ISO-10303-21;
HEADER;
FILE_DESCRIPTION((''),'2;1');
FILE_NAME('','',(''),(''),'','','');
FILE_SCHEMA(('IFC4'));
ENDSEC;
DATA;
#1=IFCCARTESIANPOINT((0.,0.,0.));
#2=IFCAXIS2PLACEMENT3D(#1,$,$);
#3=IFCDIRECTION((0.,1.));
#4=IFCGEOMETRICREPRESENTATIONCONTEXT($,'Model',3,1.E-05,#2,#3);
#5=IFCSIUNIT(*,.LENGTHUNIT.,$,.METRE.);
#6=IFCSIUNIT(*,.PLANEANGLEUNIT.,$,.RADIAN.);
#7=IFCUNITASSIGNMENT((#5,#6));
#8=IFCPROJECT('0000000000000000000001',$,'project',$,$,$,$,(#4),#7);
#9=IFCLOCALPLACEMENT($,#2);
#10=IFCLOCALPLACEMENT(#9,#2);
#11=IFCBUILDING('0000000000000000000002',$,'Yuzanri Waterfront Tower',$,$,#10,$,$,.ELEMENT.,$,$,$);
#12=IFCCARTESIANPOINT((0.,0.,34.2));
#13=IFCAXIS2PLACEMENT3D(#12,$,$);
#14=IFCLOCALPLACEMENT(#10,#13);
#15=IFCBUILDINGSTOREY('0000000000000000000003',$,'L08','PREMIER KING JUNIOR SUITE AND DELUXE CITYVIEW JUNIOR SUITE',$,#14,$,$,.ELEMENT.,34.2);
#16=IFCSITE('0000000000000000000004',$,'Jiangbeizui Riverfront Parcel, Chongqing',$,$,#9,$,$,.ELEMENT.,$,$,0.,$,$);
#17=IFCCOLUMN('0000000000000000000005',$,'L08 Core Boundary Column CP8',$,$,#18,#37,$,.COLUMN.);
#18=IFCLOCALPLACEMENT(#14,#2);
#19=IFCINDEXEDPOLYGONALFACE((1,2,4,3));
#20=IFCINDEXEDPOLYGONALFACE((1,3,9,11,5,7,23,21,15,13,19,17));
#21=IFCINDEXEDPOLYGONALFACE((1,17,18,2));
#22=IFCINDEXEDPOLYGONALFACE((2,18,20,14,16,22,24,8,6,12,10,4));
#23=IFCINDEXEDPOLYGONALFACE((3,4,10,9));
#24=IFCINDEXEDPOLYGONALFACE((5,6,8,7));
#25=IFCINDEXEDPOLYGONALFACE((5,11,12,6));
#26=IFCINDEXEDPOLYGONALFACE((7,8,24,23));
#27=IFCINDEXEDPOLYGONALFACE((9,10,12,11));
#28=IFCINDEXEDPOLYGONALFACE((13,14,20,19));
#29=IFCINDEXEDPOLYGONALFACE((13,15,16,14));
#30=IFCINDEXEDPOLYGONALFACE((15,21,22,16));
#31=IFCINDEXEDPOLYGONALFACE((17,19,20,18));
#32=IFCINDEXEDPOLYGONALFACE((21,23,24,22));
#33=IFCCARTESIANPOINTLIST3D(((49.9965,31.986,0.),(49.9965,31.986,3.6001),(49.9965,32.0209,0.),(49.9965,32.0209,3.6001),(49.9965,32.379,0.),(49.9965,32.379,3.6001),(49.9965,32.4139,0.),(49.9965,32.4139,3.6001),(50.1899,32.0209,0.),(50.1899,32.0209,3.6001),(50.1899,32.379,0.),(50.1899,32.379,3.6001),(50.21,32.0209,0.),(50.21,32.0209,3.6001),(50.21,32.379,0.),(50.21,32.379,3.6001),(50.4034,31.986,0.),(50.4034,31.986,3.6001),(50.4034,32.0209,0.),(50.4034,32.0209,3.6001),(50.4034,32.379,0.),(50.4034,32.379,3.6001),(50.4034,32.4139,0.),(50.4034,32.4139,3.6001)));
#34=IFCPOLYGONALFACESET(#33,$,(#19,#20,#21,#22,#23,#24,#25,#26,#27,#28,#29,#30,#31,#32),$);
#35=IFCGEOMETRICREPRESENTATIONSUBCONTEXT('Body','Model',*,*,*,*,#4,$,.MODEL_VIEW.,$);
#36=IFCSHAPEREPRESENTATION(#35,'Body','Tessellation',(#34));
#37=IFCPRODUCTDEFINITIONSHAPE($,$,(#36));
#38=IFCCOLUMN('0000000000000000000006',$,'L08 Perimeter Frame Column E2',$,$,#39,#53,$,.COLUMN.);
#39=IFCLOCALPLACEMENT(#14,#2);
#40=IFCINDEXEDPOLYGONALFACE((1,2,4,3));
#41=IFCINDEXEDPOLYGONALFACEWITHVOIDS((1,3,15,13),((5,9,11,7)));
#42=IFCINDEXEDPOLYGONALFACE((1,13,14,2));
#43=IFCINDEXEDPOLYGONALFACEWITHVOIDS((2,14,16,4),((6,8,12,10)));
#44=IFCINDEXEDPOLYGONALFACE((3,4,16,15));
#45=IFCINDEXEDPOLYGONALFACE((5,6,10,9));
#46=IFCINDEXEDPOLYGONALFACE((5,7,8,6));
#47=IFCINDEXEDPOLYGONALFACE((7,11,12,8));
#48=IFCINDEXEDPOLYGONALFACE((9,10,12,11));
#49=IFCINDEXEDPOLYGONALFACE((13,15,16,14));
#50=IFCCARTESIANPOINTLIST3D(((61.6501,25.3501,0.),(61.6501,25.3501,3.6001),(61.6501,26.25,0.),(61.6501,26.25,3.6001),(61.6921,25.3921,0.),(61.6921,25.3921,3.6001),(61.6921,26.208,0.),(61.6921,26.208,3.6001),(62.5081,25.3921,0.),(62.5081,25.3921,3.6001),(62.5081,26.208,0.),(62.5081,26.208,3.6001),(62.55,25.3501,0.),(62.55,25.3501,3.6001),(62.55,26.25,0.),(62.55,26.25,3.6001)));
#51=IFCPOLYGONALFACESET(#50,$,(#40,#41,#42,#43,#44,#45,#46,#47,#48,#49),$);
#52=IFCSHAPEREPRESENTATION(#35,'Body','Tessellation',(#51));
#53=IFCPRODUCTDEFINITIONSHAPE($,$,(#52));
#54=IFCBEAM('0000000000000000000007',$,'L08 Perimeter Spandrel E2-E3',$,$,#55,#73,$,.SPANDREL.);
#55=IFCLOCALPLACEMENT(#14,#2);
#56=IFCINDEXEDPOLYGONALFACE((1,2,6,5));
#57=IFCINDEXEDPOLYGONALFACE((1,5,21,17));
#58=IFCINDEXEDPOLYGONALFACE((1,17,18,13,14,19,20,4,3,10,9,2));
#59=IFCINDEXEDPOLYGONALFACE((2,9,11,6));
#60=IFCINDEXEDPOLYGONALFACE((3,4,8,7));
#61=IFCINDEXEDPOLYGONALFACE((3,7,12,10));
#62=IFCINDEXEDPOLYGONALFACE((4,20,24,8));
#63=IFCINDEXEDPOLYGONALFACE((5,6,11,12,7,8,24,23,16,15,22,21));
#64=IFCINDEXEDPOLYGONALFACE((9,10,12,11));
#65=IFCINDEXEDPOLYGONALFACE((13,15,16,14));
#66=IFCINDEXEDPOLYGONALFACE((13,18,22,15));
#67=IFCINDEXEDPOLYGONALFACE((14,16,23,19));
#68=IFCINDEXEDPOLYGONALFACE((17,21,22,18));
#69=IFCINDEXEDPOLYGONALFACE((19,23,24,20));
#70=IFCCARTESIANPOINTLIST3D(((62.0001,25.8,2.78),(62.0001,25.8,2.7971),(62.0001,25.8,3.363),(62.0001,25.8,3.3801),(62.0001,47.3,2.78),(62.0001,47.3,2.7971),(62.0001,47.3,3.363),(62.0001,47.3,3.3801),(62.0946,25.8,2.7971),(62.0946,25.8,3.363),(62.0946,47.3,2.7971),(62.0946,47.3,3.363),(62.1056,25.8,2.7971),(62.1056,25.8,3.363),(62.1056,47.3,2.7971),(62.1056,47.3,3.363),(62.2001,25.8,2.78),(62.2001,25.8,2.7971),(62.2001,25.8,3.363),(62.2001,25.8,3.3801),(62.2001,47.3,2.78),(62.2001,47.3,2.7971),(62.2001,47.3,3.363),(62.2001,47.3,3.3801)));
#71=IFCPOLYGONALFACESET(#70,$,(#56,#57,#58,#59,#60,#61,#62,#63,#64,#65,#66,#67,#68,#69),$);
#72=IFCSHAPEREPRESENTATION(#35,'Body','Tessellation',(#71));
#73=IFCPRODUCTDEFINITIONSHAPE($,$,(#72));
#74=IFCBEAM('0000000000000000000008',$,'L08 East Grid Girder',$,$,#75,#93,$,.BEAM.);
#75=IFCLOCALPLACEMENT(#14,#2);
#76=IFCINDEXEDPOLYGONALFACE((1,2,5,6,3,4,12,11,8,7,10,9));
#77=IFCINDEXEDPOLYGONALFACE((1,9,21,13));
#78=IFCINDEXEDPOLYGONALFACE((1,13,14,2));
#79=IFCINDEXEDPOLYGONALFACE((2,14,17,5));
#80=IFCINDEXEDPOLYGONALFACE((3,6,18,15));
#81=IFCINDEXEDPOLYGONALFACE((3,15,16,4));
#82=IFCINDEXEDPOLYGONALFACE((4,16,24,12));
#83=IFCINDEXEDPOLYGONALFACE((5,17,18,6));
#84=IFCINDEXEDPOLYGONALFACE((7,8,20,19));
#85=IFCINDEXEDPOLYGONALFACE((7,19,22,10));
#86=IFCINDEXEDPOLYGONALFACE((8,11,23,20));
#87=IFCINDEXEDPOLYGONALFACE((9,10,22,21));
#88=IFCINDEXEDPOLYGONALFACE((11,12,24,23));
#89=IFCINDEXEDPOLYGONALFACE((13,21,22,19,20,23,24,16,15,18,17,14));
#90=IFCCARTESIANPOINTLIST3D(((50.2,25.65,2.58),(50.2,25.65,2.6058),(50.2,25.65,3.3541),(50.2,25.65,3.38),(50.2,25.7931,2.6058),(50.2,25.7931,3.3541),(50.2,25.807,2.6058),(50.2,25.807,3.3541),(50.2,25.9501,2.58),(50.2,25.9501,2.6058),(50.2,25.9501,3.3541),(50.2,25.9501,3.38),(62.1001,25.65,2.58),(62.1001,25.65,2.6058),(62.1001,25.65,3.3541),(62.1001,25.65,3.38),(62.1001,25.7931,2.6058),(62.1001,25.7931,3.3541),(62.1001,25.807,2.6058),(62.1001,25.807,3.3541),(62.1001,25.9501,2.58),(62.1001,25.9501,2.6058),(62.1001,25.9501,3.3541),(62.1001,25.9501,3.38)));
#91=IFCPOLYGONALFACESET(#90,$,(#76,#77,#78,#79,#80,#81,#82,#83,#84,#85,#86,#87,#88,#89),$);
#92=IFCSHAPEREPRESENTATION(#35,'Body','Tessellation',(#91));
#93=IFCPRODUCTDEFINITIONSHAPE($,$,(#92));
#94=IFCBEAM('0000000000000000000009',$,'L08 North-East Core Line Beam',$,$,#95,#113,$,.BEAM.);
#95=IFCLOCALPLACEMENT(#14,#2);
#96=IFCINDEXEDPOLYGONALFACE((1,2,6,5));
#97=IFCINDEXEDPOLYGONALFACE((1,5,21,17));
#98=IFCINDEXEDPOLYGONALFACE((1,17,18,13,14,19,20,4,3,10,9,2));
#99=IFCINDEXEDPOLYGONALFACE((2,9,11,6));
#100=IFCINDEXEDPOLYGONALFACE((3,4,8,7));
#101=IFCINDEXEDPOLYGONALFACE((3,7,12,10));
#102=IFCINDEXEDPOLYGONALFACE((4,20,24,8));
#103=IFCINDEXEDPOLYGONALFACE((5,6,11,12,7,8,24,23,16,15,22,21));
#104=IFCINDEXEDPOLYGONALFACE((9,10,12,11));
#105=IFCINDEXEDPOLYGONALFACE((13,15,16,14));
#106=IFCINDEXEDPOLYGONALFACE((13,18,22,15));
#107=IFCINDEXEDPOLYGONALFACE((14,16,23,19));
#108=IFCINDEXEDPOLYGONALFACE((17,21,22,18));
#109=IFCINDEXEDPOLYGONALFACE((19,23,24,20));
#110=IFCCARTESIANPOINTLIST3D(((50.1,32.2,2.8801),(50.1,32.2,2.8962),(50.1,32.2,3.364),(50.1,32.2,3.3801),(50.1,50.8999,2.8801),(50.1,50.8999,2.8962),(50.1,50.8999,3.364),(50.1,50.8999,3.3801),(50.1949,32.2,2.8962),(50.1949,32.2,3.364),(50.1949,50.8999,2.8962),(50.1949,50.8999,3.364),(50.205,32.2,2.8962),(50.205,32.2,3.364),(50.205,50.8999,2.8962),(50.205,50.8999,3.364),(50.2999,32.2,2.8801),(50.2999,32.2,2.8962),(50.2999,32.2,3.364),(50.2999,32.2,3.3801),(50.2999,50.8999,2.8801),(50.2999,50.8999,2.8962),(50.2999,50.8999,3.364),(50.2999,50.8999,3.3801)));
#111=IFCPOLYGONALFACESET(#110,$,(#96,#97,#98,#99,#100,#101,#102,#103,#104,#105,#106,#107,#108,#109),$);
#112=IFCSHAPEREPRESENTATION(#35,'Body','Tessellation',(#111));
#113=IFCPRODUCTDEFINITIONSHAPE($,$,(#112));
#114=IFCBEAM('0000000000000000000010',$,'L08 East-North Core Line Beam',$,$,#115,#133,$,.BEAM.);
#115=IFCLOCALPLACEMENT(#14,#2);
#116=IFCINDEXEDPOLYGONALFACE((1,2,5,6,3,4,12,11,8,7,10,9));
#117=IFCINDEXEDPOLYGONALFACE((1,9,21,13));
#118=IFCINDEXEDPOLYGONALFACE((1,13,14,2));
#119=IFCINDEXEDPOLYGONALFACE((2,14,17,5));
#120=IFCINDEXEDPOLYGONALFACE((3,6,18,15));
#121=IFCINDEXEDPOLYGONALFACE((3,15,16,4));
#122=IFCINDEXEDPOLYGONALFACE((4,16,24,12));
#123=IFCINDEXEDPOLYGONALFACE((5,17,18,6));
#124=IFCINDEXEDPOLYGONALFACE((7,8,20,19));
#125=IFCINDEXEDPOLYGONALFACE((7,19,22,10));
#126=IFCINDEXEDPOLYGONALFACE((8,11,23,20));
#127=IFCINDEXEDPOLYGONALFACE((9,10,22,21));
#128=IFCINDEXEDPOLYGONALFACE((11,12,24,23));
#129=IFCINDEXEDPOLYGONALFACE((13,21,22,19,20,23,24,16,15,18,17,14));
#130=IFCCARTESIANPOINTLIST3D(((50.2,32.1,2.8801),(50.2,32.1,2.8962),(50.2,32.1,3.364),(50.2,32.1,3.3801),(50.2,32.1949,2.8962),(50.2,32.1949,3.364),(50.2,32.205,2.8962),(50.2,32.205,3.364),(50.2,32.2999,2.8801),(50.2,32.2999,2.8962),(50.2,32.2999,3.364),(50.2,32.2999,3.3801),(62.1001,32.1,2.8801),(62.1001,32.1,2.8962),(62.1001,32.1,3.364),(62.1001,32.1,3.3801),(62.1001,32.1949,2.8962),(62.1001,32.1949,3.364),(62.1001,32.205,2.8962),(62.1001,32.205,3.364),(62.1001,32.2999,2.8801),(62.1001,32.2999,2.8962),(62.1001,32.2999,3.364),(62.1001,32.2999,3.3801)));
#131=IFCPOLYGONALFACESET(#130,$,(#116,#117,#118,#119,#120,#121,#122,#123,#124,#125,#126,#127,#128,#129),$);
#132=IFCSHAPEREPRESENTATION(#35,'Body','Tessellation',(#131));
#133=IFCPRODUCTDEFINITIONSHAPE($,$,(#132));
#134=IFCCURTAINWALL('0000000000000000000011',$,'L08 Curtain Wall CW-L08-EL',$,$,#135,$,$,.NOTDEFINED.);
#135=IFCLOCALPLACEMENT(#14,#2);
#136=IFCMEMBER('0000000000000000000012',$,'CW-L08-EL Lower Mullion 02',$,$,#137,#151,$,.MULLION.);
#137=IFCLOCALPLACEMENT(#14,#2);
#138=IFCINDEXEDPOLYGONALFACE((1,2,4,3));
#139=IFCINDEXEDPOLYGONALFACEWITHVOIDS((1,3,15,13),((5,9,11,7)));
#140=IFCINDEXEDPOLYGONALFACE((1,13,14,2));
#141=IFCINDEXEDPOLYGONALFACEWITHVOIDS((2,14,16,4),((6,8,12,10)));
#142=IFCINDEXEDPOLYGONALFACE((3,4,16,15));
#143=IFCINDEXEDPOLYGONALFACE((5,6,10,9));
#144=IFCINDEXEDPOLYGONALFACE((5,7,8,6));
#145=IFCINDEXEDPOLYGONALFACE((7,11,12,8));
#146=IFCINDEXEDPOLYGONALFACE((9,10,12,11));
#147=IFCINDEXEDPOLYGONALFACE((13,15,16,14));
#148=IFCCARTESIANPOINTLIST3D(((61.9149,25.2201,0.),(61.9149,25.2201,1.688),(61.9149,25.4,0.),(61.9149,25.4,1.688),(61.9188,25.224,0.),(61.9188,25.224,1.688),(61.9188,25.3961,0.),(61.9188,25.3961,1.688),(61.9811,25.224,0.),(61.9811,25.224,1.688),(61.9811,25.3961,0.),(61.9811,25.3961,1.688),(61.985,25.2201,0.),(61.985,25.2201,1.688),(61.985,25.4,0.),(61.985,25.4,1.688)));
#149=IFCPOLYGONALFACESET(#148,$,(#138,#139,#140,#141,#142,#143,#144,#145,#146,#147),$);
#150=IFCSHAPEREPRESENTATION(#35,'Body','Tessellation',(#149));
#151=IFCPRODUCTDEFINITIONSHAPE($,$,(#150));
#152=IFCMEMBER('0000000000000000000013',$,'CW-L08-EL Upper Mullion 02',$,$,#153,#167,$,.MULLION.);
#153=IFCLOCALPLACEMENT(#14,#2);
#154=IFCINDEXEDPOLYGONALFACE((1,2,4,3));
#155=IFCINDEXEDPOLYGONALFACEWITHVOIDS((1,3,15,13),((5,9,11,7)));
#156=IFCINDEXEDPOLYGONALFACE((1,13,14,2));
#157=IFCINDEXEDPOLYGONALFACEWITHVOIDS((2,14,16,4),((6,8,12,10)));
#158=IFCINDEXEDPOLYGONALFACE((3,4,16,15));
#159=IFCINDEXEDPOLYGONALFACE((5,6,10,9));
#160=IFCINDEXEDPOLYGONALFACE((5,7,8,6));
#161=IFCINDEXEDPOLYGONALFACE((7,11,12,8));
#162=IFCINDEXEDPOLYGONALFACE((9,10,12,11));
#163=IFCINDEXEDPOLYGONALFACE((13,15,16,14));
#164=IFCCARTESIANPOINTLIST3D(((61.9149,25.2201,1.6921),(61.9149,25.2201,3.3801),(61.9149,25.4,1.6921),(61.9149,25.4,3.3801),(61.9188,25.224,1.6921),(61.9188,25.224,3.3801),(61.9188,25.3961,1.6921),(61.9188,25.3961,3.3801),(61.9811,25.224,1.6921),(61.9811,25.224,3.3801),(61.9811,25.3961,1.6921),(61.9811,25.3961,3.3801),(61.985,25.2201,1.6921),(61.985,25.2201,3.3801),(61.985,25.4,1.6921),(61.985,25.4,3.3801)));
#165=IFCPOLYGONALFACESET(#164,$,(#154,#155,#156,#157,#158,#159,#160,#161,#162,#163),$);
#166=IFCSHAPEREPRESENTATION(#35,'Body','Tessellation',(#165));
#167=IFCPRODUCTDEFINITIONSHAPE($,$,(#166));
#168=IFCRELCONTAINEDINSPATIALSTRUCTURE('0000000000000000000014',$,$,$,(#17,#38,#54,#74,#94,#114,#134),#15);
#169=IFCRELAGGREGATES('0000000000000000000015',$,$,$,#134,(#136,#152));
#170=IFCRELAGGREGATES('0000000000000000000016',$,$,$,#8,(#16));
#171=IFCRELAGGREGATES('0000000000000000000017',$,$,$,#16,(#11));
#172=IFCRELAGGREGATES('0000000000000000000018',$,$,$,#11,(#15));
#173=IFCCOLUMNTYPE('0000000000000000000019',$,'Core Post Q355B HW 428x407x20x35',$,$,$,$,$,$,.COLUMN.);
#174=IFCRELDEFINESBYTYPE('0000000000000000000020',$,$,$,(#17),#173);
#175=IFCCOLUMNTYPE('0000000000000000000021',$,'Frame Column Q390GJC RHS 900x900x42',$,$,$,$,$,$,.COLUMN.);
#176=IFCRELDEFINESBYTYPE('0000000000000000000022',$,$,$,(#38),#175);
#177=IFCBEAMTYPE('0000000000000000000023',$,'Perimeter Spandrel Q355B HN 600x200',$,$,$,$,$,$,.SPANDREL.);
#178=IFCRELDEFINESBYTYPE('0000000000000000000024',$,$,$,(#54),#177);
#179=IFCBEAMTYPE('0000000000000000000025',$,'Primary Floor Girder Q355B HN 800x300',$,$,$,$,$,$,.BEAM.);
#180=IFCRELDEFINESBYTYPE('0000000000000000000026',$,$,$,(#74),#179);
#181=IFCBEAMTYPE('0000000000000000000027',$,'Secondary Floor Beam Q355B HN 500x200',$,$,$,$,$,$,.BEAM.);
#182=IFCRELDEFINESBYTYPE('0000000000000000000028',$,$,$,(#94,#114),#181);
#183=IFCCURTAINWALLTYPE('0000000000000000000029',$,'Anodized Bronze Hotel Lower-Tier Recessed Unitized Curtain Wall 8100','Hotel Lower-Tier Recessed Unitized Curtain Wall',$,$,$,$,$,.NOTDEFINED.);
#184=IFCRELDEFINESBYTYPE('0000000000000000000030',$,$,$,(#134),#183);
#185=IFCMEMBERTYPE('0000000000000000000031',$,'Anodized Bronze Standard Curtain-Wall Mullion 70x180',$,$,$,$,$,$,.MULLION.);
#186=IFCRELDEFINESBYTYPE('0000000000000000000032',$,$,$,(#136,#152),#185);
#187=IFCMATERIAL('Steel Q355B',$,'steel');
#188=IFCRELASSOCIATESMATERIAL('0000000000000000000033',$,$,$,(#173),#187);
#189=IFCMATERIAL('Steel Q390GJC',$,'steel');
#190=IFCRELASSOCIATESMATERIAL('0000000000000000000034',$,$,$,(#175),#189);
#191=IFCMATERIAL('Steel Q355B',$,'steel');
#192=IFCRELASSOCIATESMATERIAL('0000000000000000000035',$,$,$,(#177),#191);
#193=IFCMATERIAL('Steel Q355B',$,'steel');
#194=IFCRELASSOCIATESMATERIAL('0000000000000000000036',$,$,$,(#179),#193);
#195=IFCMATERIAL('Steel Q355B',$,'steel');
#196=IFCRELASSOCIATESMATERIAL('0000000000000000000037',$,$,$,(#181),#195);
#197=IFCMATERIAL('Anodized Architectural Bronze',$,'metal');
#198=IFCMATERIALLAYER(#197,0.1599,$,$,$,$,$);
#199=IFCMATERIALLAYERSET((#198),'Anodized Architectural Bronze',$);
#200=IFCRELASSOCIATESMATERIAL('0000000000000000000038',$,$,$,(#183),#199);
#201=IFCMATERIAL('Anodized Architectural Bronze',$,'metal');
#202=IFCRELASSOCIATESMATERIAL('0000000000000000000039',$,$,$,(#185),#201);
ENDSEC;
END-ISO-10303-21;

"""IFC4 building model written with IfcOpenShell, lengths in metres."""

from ifc_helpers import new_model, si_unit, direction, frame, origin, origin_2d, place, context, subcontext, project, spatial, hollow_rectangle, i_section, extrude, source, transform, mapped, material, layer, layer_set, material_profile, profile_set, type_object, element, aggregate, save


model = new_model("IFC4")

# Units and contexts
model_context = context("Model", 3, precision=1e-05, world=origin(), true_north=direction((0.0, 1.0)))
body_context = subcontext(model_context, "Body", "Model", "MODEL_VIEW")
ifc_project = project(units=[si_unit("LENGTHUNIT", "METRE"), si_unit("PLANEANGLEUNIT", "RADIAN")], contexts=[model_context])

# Site, building, storey
site_placement = place(None, origin())
site = spatial("IfcSite", under=ifc_project, at=site_placement, Name="Jiangbeizui Riverfront Parcel, Chongqing", CompositionType="ELEMENT", RefElevation=0.0)
building_placement = place(site_placement, origin())
building = spatial("IfcBuilding", under=site, at=building_placement, Name="Yuzanri Waterfront Tower", CompositionType="ELEMENT")
storey_placement = place(building_placement, frame((0.0, 0.0, 34.2)))
storey = spatial("IfcBuildingStorey", under=building, at=storey_placement, Name="L08", Description="PREMIER KING JUNIOR SUITE AND DELUXE CITYVIEW JUNIOR SUITE", CompositionType="ELEMENT", Elevation=34.2)

# Columns
ifc_material_1 = material(Name="Steel Q355B", Category="steel")
ifc_material_profile_1 = material_profile(ifc_material_1, i_section(OverallWidth=0.407, OverallDepth=0.428, WebThickness=0.02, FlangeThickness=0.0349, at=origin_2d()), Name="HW 428x407x20x35")
ifc_profile_set_1 = profile_set([ifc_material_profile_1], Name="Steel Q355B")
column_type_1 = type_object("IfcColumnType", Name="Core Post Q355B HW 428x407x20x35", PredefinedType="COLUMN", material=ifc_profile_set_1)
shared_shape_1 = source(origin(), body_context, "Body", "SweptSolid", [
    extrude(i_section(OverallWidth=0.407, OverallDepth=0.428, WebThickness=0.02, FlangeThickness=0.0349, at=origin_2d()), origin(), (0.0, 0.0, 1.0), 3.6001),
])
column_1_placement = place(storey_placement, frame((50.2, 32.2, 0.0), z_axis=(0.0, 0.0, 1.0), x_axis=(1.0, 0.0, 0.0)))
element("IfcColumn", 1, at=column_1_placement, inside=storey, type_object=column_type_1, Name="L08 Core Boundary Column CP8", PredefinedType="COLUMN", context=body_context, shape_type="MappedRepresentation", body=[
    mapped(shared_shape_1, transform((0.0, 0.0, 0.0), scale=1.0)),
])
ifc_material_2 = material(Name="Steel Q390GJC", Category="steel")
ifc_material_profile_2 = material_profile(ifc_material_2, hollow_rectangle(XDim=0.8999, YDim=0.8999, WallThickness=0.042, at=origin_2d()), Name="RHS 900x900x42")
ifc_profile_set_2 = profile_set([ifc_material_profile_2], Name="Steel Q390GJC")
column_type_2 = type_object("IfcColumnType", Name="Frame Column Q390GJC RHS 900x900x42", PredefinedType="COLUMN", material=ifc_profile_set_2)
shared_shape_2 = source(origin(), body_context, "Body", "SweptSolid", [
    extrude(hollow_rectangle(XDim=0.8999, YDim=0.8999, WallThickness=0.042, at=origin_2d()), origin(), (0.0, 0.0, 1.0), 3.6001),
])
column_2_placement = place(storey_placement, frame((62.1001, 25.8, 0.0), z_axis=(0.0, 0.0, 1.0), x_axis=(1.0, 0.0, 0.0)))
element("IfcColumn", 2, at=column_2_placement, inside=storey, type_object=column_type_2, Name="L08 Perimeter Frame Column E2", PredefinedType="COLUMN", context=body_context, shape_type="MappedRepresentation", body=[
    mapped(shared_shape_2, transform((0.0, 0.0, 0.0), scale=1.0)),
])

# Beams
ifc_material_3 = material(Name="Steel Q355B", Category="steel")
ifc_material_profile_3 = material_profile(ifc_material_3, i_section(OverallWidth=0.2, OverallDepth=0.6001, WebThickness=0.011, FlangeThickness=0.0171, at=origin_2d()), Name="HN 600x200x11x17")
ifc_profile_set_3 = profile_set([ifc_material_profile_3], Name="Steel Q355B")
beam_type_1 = type_object("IfcBeamType", Name="Perimeter Spandrel Q355B HN 600x200", PredefinedType="SPANDREL", material=ifc_profile_set_3)
shared_shape_3 = source(origin(), body_context, "Body", "SweptSolid", [
    extrude(i_section(OverallWidth=0.2, OverallDepth=0.6001, WebThickness=0.011, FlangeThickness=0.0171, at=origin_2d()), origin(), (0.0, 0.0, 1.0), 21.5),
])
beam_1_placement = place(storey_placement, frame((62.1001, 25.8, 3.0801), z_axis=(0.0, 1.0, 0.0), x_axis=(-1.0, 0.0, 0.0)))
element("IfcBeam", 3, at=beam_1_placement, inside=storey, type_object=beam_type_1, Name="L08 Perimeter Spandrel E2-E3", PredefinedType="SPANDREL", context=body_context, shape_type="MappedRepresentation", body=[
    mapped(shared_shape_3, transform((0.0, 0.0, 0.0), scale=1.0)),
])
ifc_material_4 = material(Name="Steel Q355B", Category="steel")
ifc_material_profile_4 = material_profile(ifc_material_4, i_section(OverallWidth=0.3, OverallDepth=0.8, WebThickness=0.0139, FlangeThickness=0.0259, at=origin_2d()), Name="HN 800x300x14x26")
ifc_profile_set_4 = profile_set([ifc_material_profile_4], Name="Steel Q355B")
beam_type_2 = type_object("IfcBeamType", Name="Primary Floor Girder Q355B HN 800x300", PredefinedType="BEAM", material=ifc_profile_set_4)
shared_shape_4 = source(origin(), body_context, "Body", "SweptSolid", [
    extrude(i_section(OverallWidth=0.3, OverallDepth=0.8, WebThickness=0.0139, FlangeThickness=0.0259, at=origin_2d()), origin(), (0.0, 0.0, 1.0), 11.9001),
])
beam_2_placement = place(storey_placement, frame((50.2, 25.8, 2.98), z_axis=(1.0, 0.0, 0.0), x_axis=(0.0, 1.0, 0.0)))
element("IfcBeam", 4, at=beam_2_placement, inside=storey, type_object=beam_type_2, Name="L08 East Grid Girder", PredefinedType="BEAM", context=body_context, shape_type="MappedRepresentation", body=[
    mapped(shared_shape_4, transform((0.0, 0.0, 0.0), scale=1.0)),
])
ifc_material_5 = material(Name="Steel Q355B", Category="steel")
ifc_material_profile_5 = material_profile(ifc_material_5, i_section(OverallWidth=0.2, OverallDepth=0.5, WebThickness=0.01, FlangeThickness=0.0161, at=origin_2d()), Name="HN 500x200x10x16")
ifc_profile_set_5 = profile_set([ifc_material_profile_5], Name="Steel Q355B")
beam_type_3 = type_object("IfcBeamType", Name="Secondary Floor Beam Q355B HN 500x200", PredefinedType="BEAM", material=ifc_profile_set_5)
shared_shape_5 = source(origin(), body_context, "Body", "SweptSolid", [
    extrude(i_section(OverallWidth=0.2, OverallDepth=0.5, WebThickness=0.01, FlangeThickness=0.0161, at=origin_2d()), origin(), (0.0, 0.0, 1.0), 18.7),
])
beam_3_placement = place(storey_placement, frame((50.2, 32.2, 3.1301), z_axis=(0.0, 1.0, 0.0), x_axis=(-1.0, 0.0, 0.0)))
element("IfcBeam", 5, at=beam_3_placement, inside=storey, type_object=beam_type_3, Name="L08 North-East Core Line Beam", PredefinedType="BEAM", context=body_context, shape_type="MappedRepresentation", body=[
    mapped(shared_shape_5, transform((0.0, 0.0, 0.0), scale=1.0)),
])
shared_shape_6 = source(origin(), body_context, "Body", "SweptSolid", [
    extrude(i_section(OverallWidth=0.2, OverallDepth=0.5, WebThickness=0.01, FlangeThickness=0.0161, at=origin_2d()), origin(), (0.0, 0.0, 1.0), 11.9001),
])
beam_4_placement = place(storey_placement, frame((50.2, 32.2, 3.1301), z_axis=(1.0, 0.0, 0.0), x_axis=(0.0, 1.0, 0.0)))
element("IfcBeam", 6, at=beam_4_placement, inside=storey, type_object=beam_type_3, Name="L08 East-North Core Line Beam", PredefinedType="BEAM", context=body_context, shape_type="MappedRepresentation", body=[
    mapped(shared_shape_6, transform((0.0, 0.0, 0.0), scale=1.0)),
])

# Curtain wall, members
ifc_material_6 = material(Name="Anodized Architectural Bronze", Category="metal")
ifc_layer_1 = layer(ifc_material_6, 0.1599)
ifc_layer_set_1 = layer_set([ifc_layer_1], Name="Anodized Architectural Bronze")
curtain_wall_type = type_object("IfcCurtainWallType", Name="Anodized Bronze Hotel Lower-Tier Recessed Unitized Curtain Wall 8100", Description="Hotel Lower-Tier Recessed Unitized Curtain Wall", PredefinedType="NOTDEFINED", material=ifc_layer_set_1)
curtain_wall_1_placement = place(storey_placement, origin())
curtain_wall_1 = element("IfcCurtainWall", 7, at=curtain_wall_1_placement, inside=storey, type_object=curtain_wall_type, Name="L08 Curtain Wall CW-L08-EL", PredefinedType="NOTDEFINED")
ifc_material_7 = material(Name="Anodized Architectural Bronze", Category="metal")
ifc_material_profile_6 = material_profile(ifc_material_7, hollow_rectangle(XDim=0.0701, YDim=0.1799, WallThickness=0.0039, at=origin_2d()), Name="CWM 70x180")
ifc_profile_set_6 = profile_set([ifc_material_profile_6], Name="Anodized Architectural Bronze")
member_type_1 = type_object("IfcMemberType", Name="Anodized Bronze Standard Curtain-Wall Mullion 70x180", PredefinedType="MULLION", material=ifc_profile_set_6)
shared_shape_7 = source(origin(), body_context, "Body", "SweptSolid", [
    extrude(hollow_rectangle(XDim=0.0701, YDim=0.1799, WallThickness=0.0039, at=origin_2d()), origin(), (0.0, 0.0, 1.0), 1.688),
])
member_1_placement = place(storey_placement, frame((61.95, 25.3101, 0.0), z_axis=(0.0, 0.0, 1.0), x_axis=(1.0, 0.0, 0.0)))
member_1 = element("IfcMember", 8, at=member_1_placement, type_object=member_type_1, Name="CW-L08-EL Lower Mullion 02", PredefinedType="MULLION", context=body_context, shape_type="MappedRepresentation", body=[
    mapped(shared_shape_7, transform((0.0, 0.0, 0.0), scale=1.0)),
])
member_2_placement = place(storey_placement, frame((61.95, 25.3101, 1.6921), z_axis=(0.0, 0.0, 1.0), x_axis=(1.0, 0.0, 0.0)))
member_2 = element("IfcMember", 9, at=member_2_placement, type_object=member_type_1, Name="CW-L08-EL Upper Mullion 02", PredefinedType="MULLION", context=body_context, shape_type="MappedRepresentation", body=[
    mapped(shared_shape_7, transform((0.0, 0.0, 0.0), scale=1.0)),
])
aggregate(curtain_wall_1, [member_1, member_2])

save(model, "model.ifc")
